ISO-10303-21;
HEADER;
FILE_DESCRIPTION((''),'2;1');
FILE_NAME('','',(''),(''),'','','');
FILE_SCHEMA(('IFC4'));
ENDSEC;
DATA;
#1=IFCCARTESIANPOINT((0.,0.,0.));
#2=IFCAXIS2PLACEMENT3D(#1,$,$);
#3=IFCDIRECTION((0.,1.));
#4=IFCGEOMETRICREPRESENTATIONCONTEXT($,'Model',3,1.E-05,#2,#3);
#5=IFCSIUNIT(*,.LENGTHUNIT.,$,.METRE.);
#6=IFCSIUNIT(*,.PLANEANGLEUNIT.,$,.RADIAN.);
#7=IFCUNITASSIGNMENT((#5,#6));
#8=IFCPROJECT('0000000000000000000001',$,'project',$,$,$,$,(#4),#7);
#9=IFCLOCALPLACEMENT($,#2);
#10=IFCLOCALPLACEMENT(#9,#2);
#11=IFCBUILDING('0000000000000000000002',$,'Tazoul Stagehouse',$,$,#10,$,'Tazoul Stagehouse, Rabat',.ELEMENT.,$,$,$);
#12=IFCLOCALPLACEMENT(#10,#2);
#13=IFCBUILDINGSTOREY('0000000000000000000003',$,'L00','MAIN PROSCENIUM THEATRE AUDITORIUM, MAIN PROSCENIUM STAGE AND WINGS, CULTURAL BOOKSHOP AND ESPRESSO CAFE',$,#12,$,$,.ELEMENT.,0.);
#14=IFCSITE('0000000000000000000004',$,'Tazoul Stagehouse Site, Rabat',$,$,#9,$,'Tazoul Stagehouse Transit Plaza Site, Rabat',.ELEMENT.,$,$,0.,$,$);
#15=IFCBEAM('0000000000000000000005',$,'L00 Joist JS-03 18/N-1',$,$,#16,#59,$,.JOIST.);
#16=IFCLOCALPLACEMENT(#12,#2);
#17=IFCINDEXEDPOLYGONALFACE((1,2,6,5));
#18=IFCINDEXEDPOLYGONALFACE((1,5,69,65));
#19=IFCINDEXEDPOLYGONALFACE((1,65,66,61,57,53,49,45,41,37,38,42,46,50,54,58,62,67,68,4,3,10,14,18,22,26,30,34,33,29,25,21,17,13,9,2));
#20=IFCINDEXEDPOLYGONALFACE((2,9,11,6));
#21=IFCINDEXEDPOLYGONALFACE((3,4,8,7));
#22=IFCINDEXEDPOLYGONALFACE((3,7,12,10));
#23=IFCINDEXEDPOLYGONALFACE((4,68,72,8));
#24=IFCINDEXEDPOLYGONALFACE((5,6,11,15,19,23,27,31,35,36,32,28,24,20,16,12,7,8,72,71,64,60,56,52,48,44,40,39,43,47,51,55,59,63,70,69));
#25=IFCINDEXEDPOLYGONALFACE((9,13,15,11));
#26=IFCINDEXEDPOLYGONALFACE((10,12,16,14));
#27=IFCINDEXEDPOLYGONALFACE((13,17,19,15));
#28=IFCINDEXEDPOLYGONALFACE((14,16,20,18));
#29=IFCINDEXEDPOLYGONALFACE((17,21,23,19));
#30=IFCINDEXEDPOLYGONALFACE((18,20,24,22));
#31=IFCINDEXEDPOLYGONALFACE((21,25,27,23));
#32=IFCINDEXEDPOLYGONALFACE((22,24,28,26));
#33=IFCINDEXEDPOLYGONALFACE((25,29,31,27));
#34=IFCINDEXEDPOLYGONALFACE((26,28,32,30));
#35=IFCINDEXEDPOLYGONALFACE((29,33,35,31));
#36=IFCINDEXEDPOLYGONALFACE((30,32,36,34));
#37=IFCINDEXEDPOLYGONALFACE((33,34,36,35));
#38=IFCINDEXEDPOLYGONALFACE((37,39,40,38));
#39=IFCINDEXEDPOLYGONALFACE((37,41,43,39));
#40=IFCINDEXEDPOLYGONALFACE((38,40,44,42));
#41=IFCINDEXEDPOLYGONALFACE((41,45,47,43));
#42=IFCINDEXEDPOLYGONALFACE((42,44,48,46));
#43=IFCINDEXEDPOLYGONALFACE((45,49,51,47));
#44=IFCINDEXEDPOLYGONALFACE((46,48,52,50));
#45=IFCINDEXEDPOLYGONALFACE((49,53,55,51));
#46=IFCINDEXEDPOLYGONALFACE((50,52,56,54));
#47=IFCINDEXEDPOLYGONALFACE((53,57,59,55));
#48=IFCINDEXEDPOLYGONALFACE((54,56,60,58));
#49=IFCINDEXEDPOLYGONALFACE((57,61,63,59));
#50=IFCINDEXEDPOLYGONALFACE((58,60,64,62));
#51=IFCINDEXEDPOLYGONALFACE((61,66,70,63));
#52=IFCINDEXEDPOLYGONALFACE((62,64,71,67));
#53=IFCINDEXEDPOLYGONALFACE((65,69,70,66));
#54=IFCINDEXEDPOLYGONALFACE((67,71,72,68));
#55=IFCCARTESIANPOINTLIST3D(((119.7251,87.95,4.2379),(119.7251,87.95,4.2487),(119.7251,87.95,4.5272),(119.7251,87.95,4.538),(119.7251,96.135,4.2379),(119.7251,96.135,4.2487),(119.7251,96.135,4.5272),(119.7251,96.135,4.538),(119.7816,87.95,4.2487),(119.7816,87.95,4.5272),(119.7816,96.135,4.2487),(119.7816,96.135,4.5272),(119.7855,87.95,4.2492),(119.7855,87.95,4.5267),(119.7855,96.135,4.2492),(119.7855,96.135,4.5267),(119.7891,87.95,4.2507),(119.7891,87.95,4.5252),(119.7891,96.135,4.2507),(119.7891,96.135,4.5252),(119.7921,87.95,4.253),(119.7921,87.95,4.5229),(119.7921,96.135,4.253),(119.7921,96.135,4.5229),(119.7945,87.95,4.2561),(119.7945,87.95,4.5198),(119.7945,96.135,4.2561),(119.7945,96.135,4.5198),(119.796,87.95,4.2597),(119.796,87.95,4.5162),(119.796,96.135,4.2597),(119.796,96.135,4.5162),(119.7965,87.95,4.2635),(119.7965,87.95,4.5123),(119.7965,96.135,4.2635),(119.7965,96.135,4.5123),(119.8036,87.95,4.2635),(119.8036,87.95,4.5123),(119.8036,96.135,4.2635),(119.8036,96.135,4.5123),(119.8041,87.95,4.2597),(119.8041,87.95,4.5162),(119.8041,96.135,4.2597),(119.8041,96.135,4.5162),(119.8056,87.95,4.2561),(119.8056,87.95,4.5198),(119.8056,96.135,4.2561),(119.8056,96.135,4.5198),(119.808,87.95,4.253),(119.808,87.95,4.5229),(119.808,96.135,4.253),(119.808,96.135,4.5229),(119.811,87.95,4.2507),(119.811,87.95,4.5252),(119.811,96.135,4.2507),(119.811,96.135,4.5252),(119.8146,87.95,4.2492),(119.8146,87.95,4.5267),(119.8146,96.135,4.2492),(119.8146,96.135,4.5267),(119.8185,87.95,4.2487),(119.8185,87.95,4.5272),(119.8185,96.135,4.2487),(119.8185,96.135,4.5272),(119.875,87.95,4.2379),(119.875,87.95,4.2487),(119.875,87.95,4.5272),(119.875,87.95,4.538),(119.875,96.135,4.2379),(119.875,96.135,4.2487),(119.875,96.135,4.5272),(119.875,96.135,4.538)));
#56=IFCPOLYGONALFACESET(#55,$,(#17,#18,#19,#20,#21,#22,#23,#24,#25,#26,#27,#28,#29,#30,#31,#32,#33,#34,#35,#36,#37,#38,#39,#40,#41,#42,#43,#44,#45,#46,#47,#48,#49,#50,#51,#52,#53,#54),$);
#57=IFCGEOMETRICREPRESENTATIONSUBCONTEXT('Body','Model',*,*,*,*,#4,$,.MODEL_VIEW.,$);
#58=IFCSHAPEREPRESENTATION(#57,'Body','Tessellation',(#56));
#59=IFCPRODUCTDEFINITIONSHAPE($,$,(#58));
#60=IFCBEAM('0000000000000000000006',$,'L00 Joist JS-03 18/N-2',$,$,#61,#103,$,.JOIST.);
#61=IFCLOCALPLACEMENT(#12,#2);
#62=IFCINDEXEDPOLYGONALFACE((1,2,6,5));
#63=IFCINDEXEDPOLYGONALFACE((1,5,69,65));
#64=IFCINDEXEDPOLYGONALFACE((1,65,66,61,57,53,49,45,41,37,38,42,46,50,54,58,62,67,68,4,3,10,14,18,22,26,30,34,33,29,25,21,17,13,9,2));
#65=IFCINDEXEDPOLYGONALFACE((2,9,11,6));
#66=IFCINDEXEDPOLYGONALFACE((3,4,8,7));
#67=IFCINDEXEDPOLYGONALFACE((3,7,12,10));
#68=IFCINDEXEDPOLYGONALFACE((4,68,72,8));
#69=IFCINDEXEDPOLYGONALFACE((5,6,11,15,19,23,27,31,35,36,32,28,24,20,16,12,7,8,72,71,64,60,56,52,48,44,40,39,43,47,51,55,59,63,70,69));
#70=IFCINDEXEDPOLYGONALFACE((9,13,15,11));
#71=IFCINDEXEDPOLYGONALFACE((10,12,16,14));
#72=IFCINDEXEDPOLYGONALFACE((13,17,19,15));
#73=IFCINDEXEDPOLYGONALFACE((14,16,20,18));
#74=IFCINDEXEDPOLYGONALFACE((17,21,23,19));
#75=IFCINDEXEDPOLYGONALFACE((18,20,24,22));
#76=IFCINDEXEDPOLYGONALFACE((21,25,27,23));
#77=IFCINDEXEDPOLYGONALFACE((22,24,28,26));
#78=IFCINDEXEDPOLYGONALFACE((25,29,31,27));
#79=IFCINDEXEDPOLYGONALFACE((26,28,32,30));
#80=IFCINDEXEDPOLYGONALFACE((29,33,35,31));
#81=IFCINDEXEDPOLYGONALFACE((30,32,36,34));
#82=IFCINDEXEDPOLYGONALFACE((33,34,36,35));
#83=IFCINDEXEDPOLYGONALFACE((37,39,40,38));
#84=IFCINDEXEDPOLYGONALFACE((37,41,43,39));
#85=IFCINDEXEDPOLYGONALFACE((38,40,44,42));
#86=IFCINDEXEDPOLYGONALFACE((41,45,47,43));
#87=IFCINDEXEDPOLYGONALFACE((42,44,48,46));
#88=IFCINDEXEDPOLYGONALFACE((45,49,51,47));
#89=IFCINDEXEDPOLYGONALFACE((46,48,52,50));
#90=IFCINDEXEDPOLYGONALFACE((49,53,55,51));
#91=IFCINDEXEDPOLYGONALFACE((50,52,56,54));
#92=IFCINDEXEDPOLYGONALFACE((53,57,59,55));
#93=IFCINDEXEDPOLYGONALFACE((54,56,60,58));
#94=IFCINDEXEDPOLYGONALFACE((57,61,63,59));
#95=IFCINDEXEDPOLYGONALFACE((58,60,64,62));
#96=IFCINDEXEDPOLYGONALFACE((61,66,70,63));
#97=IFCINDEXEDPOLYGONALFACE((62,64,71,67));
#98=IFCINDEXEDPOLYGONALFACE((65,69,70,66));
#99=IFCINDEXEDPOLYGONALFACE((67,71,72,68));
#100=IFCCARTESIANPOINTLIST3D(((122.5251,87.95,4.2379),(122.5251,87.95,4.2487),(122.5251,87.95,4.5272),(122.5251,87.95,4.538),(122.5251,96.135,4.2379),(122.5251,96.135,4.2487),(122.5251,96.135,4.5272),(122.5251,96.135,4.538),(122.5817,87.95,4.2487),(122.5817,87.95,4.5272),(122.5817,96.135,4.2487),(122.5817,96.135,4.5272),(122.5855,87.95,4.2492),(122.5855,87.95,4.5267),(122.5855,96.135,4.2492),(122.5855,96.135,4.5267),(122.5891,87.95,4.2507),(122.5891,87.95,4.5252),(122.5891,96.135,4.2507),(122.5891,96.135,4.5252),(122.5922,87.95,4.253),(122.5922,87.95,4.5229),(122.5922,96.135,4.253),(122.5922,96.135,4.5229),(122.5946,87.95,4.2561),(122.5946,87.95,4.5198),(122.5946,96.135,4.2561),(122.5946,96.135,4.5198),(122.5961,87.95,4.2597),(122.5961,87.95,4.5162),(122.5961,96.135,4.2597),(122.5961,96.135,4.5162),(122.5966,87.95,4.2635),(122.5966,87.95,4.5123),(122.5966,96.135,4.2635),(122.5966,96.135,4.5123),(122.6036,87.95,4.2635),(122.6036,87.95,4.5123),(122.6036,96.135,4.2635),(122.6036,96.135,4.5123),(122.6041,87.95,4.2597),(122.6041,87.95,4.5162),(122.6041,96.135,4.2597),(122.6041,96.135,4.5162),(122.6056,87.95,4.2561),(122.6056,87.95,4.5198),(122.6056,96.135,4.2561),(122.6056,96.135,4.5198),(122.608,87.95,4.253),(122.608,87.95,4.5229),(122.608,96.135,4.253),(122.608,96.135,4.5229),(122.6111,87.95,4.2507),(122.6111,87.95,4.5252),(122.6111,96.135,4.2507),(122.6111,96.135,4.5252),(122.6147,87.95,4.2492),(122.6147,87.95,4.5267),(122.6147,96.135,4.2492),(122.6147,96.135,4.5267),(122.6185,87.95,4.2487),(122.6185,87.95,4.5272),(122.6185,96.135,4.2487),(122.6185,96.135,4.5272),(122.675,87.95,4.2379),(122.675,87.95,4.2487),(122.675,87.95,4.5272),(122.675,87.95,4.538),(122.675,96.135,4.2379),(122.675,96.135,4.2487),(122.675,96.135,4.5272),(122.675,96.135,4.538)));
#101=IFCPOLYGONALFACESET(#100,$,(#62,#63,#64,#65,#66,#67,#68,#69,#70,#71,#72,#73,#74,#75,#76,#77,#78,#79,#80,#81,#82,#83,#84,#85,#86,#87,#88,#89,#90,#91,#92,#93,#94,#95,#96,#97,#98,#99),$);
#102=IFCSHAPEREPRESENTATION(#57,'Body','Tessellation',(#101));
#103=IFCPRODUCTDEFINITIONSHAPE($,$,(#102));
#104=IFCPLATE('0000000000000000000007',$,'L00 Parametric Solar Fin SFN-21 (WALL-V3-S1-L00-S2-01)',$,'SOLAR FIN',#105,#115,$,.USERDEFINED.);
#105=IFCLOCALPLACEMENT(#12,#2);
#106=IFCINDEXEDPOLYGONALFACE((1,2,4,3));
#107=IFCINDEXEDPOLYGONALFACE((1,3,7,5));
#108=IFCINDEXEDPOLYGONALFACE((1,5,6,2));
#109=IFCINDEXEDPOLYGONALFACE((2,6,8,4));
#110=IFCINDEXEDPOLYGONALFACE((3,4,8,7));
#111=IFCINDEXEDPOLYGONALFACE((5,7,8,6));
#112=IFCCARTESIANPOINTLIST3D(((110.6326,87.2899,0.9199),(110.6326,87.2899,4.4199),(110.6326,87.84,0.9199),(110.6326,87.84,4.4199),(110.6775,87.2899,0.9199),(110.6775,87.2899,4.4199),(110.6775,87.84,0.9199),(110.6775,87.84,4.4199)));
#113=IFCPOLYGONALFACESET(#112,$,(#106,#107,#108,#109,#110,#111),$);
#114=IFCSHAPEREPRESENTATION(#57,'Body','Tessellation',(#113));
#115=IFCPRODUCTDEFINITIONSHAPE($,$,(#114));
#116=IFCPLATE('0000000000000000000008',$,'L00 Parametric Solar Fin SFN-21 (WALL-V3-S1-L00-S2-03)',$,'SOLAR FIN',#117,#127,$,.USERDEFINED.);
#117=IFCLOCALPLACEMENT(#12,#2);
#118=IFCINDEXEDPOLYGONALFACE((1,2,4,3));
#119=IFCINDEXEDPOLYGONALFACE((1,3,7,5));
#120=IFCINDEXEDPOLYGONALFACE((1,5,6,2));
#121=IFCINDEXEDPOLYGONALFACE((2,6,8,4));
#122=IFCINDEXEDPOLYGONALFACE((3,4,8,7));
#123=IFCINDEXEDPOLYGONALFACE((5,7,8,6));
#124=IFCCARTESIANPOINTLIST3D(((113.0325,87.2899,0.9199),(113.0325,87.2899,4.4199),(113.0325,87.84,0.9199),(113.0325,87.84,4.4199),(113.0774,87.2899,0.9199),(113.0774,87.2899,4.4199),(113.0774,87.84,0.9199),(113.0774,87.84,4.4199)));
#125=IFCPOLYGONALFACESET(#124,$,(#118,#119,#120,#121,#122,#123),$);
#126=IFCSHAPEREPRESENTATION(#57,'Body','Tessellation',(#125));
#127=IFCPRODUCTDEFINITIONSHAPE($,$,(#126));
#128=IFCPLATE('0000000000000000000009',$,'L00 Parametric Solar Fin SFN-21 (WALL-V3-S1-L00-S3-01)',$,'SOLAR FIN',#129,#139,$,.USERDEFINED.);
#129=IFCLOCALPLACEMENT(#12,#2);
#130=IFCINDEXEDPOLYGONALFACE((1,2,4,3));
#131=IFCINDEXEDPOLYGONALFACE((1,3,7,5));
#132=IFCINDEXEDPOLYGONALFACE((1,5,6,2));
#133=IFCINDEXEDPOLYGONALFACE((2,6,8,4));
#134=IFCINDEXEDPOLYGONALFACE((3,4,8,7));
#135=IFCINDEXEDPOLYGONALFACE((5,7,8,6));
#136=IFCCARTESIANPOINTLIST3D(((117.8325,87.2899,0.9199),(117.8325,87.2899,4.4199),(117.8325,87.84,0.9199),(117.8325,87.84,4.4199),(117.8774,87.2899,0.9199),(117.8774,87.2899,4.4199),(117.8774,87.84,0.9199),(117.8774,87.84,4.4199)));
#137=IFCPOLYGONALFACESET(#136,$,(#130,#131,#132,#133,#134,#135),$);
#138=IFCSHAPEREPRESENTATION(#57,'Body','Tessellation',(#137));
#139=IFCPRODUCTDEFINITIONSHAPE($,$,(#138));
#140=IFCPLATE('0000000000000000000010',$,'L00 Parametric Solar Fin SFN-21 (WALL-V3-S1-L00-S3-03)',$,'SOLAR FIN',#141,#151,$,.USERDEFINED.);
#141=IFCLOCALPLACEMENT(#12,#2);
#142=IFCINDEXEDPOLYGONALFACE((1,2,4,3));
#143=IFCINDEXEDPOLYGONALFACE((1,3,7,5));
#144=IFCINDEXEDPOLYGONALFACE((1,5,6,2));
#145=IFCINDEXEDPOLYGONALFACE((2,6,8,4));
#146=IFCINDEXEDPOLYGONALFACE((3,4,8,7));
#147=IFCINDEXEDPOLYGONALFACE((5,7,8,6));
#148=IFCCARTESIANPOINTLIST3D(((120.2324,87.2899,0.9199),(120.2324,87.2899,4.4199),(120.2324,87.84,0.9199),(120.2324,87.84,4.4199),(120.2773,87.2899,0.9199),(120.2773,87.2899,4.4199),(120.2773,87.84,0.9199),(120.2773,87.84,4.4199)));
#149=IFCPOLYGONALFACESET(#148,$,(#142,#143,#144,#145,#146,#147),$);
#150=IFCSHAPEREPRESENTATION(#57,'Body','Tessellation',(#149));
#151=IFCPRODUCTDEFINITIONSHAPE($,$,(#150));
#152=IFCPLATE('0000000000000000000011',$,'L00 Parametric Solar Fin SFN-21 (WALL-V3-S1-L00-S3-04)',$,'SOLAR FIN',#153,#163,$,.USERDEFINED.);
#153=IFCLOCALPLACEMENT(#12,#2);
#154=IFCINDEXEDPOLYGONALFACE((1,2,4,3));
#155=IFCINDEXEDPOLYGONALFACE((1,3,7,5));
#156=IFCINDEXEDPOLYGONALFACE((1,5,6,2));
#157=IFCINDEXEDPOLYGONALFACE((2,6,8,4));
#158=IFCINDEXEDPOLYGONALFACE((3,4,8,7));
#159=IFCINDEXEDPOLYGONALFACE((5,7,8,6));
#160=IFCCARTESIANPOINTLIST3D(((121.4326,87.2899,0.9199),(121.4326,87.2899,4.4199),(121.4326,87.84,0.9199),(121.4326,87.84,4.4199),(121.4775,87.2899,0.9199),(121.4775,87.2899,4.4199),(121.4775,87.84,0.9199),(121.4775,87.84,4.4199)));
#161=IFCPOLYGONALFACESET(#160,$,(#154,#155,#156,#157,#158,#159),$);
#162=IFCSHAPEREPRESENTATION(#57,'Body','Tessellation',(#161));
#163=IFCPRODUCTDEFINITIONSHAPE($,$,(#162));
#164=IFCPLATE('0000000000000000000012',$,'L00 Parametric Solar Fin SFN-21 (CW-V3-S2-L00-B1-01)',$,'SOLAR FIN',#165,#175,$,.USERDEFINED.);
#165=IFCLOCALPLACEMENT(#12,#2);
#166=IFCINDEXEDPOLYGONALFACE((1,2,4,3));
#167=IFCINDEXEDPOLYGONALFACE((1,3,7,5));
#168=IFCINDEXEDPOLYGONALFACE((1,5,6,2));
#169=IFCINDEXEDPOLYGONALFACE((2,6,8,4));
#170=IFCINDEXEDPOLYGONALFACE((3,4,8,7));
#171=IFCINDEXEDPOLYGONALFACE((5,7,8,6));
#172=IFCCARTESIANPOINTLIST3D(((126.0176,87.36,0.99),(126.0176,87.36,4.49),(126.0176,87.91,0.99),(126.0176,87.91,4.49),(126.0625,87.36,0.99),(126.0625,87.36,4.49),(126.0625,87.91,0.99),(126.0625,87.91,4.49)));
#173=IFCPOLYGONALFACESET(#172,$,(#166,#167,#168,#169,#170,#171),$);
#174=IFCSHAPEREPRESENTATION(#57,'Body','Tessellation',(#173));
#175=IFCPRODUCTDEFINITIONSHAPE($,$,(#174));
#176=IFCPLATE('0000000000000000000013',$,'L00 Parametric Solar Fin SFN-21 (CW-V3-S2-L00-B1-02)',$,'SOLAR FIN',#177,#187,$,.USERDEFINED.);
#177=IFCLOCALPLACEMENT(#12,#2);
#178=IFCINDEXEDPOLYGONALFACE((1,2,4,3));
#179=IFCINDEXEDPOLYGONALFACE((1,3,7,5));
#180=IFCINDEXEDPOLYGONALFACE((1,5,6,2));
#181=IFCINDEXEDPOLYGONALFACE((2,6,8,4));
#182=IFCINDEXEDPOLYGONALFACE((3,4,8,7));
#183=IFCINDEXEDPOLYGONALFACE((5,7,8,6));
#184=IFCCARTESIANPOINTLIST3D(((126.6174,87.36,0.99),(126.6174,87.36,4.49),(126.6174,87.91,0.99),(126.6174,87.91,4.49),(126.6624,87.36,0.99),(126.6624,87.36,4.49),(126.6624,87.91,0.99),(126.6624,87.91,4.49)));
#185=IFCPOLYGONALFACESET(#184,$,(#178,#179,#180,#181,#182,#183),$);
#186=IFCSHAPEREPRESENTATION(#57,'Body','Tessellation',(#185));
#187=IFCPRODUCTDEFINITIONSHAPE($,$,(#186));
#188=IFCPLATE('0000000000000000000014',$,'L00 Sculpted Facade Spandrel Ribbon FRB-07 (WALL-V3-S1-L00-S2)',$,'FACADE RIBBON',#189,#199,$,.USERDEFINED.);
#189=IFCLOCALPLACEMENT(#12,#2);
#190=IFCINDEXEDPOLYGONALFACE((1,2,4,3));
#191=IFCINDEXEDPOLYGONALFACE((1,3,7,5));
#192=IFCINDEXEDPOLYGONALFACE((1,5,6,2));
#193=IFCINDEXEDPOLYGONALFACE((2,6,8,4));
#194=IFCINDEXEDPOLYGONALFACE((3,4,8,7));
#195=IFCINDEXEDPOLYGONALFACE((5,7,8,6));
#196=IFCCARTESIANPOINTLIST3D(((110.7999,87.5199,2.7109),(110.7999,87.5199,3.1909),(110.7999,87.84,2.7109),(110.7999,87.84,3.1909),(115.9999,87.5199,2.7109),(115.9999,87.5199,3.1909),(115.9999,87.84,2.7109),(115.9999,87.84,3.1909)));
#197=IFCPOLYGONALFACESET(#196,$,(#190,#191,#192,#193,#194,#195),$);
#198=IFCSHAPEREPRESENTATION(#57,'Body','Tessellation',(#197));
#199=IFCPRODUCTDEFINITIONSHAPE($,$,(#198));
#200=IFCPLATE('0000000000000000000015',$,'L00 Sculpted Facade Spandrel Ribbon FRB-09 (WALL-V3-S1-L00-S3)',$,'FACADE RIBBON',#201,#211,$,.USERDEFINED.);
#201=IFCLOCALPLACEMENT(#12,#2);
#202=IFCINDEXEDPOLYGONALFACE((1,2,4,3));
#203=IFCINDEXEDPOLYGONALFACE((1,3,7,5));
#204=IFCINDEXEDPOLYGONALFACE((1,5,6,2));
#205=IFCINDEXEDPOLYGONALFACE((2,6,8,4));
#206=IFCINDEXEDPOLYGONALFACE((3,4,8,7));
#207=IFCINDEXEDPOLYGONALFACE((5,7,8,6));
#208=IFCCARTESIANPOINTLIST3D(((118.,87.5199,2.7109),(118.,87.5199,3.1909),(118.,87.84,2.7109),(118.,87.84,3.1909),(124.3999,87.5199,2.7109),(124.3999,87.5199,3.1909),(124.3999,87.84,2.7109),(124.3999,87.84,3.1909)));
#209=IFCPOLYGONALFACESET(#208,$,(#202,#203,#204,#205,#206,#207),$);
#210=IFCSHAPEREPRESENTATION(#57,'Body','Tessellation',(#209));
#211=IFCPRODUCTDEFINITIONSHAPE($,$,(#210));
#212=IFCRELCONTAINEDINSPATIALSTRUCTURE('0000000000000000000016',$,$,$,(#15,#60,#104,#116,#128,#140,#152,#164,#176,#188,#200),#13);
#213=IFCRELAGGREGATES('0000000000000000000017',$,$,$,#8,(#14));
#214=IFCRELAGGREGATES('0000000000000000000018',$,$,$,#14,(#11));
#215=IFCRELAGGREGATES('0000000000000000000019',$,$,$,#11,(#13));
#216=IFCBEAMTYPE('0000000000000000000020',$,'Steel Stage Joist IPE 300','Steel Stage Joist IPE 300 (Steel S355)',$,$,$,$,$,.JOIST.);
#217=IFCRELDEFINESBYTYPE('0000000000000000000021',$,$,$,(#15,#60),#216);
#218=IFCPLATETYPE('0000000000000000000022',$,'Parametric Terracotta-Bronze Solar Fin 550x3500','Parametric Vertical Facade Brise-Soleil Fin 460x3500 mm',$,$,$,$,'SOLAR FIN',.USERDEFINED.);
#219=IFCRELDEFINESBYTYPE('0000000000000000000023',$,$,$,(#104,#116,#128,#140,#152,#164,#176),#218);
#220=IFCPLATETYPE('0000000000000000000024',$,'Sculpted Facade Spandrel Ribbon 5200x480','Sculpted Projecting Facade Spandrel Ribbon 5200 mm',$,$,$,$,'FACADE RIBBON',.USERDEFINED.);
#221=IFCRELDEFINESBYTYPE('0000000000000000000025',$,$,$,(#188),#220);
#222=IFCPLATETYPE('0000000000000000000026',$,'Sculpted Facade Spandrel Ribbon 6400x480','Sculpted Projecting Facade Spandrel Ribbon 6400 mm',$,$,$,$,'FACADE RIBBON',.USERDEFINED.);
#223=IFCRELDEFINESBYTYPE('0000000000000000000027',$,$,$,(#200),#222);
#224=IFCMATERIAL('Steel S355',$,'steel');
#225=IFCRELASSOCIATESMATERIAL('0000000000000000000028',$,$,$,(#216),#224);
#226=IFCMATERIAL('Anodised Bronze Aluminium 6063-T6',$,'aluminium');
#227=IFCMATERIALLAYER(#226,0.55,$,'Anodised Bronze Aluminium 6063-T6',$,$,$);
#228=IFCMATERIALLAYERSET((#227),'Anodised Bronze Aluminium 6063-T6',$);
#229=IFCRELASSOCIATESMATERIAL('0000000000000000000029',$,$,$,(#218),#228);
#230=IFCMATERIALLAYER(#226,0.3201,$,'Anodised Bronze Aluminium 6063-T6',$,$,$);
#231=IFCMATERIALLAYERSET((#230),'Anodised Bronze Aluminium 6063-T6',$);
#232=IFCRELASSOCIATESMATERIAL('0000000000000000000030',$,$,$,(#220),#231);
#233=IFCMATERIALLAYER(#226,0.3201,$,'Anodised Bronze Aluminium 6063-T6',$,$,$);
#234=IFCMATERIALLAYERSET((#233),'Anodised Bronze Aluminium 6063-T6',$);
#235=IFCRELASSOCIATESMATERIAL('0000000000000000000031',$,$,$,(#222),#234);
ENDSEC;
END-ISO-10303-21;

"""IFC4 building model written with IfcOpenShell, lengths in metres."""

from ifc_helpers import new_model, si_unit, direction, frame, origin, origin_2d, place, context, subcontext, project, spatial, rectangle, i_section, extrude, material, layer, layer_set, material_profile, profile_set, type_object, element, save


model = new_model("IFC4")

# Units and contexts
model_context = context("Model", 3, precision=1e-05, world=origin(), true_north=direction((0.0, 1.0)))
body_context = subcontext(model_context, "Body", "Model", "MODEL_VIEW")
ifc_project = project(units=[si_unit("LENGTHUNIT", "METRE"), si_unit("PLANEANGLEUNIT", "RADIAN")], contexts=[model_context])

# Site, building, storey
site_placement = place(None, origin())
site = spatial("IfcSite", under=ifc_project, at=site_placement, Name="Tazoul Stagehouse Site, Rabat", LongName="Tazoul Stagehouse Transit Plaza Site, Rabat", CompositionType="ELEMENT", RefElevation=0.0)
building_placement = place(site_placement, origin())
building = spatial("IfcBuilding", under=site, at=building_placement, Name="Tazoul Stagehouse", LongName="Tazoul Stagehouse, Rabat", CompositionType="ELEMENT")
storey_placement = place(building_placement, origin())
storey = spatial("IfcBuildingStorey", under=building, at=storey_placement, Name="L00", Description="MAIN PROSCENIUM THEATRE AUDITORIUM, MAIN PROSCENIUM STAGE AND WINGS, CULTURAL BOOKSHOP AND ESPRESSO CAFE", CompositionType="ELEMENT", Elevation=0.0)

# Beams
ifc_material_1 = material(Name="Steel S355", Category="steel")
ifc_material_profile_1 = material_profile(ifc_material_1, i_section(OverallWidth=0.1499, OverallDepth=0.3, WebThickness=0.0071, FlangeThickness=0.0107, FilletRadius=0.0149, at=origin_2d()), Name="IPE 300")
ifc_profile_set_1 = profile_set([ifc_material_profile_1], Name="Steel S355")
beam_type_1 = type_object("IfcBeamType", Name="Steel Stage Joist IPE 300", Description="Steel Stage Joist IPE 300 (Steel S355)", PredefinedType="JOIST", material=ifc_profile_set_1)
for number, where, z_axis, x_axis, name in (
    (1, (119.8, 87.95, 4.3879), (0.0, 1.0, 0.0), (-1.0, 0.0, 0.0), "L00 Joist JS-03 18/N-1"),
    (2, (122.6001, 87.95, 4.3879), (0.0, 1.0, 0.0), (-1.0, 0.0, 0.0), "L00 Joist JS-03 18/N-2"),
):
    element("IfcBeam", number, at=place(storey_placement, frame(where, z_axis=z_axis, x_axis=x_axis)), inside=storey, type_object=beam_type_1, Name=name, PredefinedType="JOIST", context=body_context, shape_type="SweptSolid", body=[
        extrude(i_section(OverallWidth=0.1499, OverallDepth=0.3, WebThickness=0.0071, FlangeThickness=0.0107, FilletRadius=0.0149, at=origin_2d()), origin(), (0.0, 0.0, 1.0), 8.1851),
    ])

# Plates
ifc_material_2 = material(Name="Anodised Bronze Aluminium 6063-T6", Category="aluminium")
ifc_layer_1 = layer(ifc_material_2, 0.55, Name="Anodised Bronze Aluminium 6063-T6")
ifc_layer_set_1 = layer_set([ifc_layer_1], Name="Anodised Bronze Aluminium 6063-T6")
plate_type_1 = type_object("IfcPlateType", Name="Parametric Terracotta-Bronze Solar Fin 550x3500", Description="Parametric Vertical Facade Brise-Soleil Fin 460x3500 mm", ElementType="SOLAR FIN", PredefinedType="USERDEFINED", material=ifc_layer_set_1)
for number, where, z_axis, x_axis, name in (
    (3, (110.655, 87.5649, 0.9199), (0.0, 0.0, 1.0), (1.0, 0.0, 0.0), "L00 Parametric Solar Fin SFN-21 (WALL-V3-S1-L00-S2-01)"),
    (4, (113.0549, 87.5649, 0.9199), (0.0, 0.0, 1.0), (1.0, 0.0, 0.0), "L00 Parametric Solar Fin SFN-21 (WALL-V3-S1-L00-S2-03)"),
    (5, (117.855, 87.5649, 0.9199), (0.0, 0.0, 1.0), (1.0, 0.0, 0.0), "L00 Parametric Solar Fin SFN-21 (WALL-V3-S1-L00-S3-01)"),
    (6, (120.2549, 87.5649, 0.9199), (0.0, 0.0, 1.0), (1.0, 0.0, 0.0), "L00 Parametric Solar Fin SFN-21 (WALL-V3-S1-L00-S3-03)"),
    (7, (121.4551, 87.5649, 0.9199), (0.0, 0.0, 1.0), (1.0, 0.0, 0.0), "L00 Parametric Solar Fin SFN-21 (WALL-V3-S1-L00-S3-04)"),
    (8, (126.04, 87.635, 0.99), (0.0, 0.0, 1.0), (1.0, 0.0, 0.0), "L00 Parametric Solar Fin SFN-21 (CW-V3-S2-L00-B1-01)"),
    (9, (126.6399, 87.635, 0.99), (0.0, 0.0, 1.0), (1.0, 0.0, 0.0), "L00 Parametric Solar Fin SFN-21 (CW-V3-S2-L00-B1-02)"),
):
    element("IfcPlate", number, at=place(storey_placement, frame(where, z_axis=z_axis, x_axis=x_axis)), inside=storey, type_object=plate_type_1, Name=name, ObjectType="SOLAR FIN", PredefinedType="USERDEFINED", context=body_context, shape_type="SweptSolid", body=[
        extrude(rectangle(XDim=0.0449, YDim=0.55, at=origin_2d()), origin(), (0.0, 0.0, 1.0), 3.5),
    ])
ifc_layer_2 = layer(ifc_material_2, 0.3201, Name="Anodised Bronze Aluminium 6063-T6")
ifc_layer_set_2 = layer_set([ifc_layer_2], Name="Anodised Bronze Aluminium 6063-T6")
plate_type_2 = type_object("IfcPlateType", Name="Sculpted Facade Spandrel Ribbon 5200x480", Description="Sculpted Projecting Facade Spandrel Ribbon 5200 mm", ElementType="FACADE RIBBON", PredefinedType="USERDEFINED", material=ifc_layer_set_2)
plate_1_placement = place(storey_placement, frame((113.3999, 87.6799, 2.7109), z_axis=(0.0, 0.0, 1.0), x_axis=(1.0, 0.0, 0.0)))
element("IfcPlate", 10, at=plate_1_placement, inside=storey, type_object=plate_type_2, Name="L00 Sculpted Facade Spandrel Ribbon FRB-07 (WALL-V3-S1-L00-S2)", ObjectType="FACADE RIBBON", PredefinedType="USERDEFINED", context=body_context, shape_type="SweptSolid", body=[
    extrude(rectangle(XDim=5.2, YDim=0.3201, at=origin_2d()), origin(), (0.0, 0.0, 1.0), 0.48),
])
ifc_layer_3 = layer(ifc_material_2, 0.3201, Name="Anodised Bronze Aluminium 6063-T6")
ifc_layer_set_3 = layer_set([ifc_layer_3], Name="Anodised Bronze Aluminium 6063-T6")
plate_type_3 = type_object("IfcPlateType", Name="Sculpted Facade Spandrel Ribbon 6400x480", Description="Sculpted Projecting Facade Spandrel Ribbon 6400 mm", ElementType="FACADE RIBBON", PredefinedType="USERDEFINED", material=ifc_layer_set_3)
plate_2_placement = place(storey_placement, frame((121.2, 87.6799, 2.7109), z_axis=(0.0, 0.0, 1.0), x_axis=(1.0, 0.0, 0.0)))
element("IfcPlate", 11, at=plate_2_placement, inside=storey, type_object=plate_type_3, Name="L00 Sculpted Facade Spandrel Ribbon FRB-09 (WALL-V3-S1-L00-S3)", ObjectType="FACADE RIBBON", PredefinedType="USERDEFINED", context=body_context, shape_type="SweptSolid", body=[
    extrude(rectangle(XDim=6.3999, YDim=0.3201, at=origin_2d()), origin(), (0.0, 0.0, 1.0), 0.48),
])

save(model, "model.ifc")
